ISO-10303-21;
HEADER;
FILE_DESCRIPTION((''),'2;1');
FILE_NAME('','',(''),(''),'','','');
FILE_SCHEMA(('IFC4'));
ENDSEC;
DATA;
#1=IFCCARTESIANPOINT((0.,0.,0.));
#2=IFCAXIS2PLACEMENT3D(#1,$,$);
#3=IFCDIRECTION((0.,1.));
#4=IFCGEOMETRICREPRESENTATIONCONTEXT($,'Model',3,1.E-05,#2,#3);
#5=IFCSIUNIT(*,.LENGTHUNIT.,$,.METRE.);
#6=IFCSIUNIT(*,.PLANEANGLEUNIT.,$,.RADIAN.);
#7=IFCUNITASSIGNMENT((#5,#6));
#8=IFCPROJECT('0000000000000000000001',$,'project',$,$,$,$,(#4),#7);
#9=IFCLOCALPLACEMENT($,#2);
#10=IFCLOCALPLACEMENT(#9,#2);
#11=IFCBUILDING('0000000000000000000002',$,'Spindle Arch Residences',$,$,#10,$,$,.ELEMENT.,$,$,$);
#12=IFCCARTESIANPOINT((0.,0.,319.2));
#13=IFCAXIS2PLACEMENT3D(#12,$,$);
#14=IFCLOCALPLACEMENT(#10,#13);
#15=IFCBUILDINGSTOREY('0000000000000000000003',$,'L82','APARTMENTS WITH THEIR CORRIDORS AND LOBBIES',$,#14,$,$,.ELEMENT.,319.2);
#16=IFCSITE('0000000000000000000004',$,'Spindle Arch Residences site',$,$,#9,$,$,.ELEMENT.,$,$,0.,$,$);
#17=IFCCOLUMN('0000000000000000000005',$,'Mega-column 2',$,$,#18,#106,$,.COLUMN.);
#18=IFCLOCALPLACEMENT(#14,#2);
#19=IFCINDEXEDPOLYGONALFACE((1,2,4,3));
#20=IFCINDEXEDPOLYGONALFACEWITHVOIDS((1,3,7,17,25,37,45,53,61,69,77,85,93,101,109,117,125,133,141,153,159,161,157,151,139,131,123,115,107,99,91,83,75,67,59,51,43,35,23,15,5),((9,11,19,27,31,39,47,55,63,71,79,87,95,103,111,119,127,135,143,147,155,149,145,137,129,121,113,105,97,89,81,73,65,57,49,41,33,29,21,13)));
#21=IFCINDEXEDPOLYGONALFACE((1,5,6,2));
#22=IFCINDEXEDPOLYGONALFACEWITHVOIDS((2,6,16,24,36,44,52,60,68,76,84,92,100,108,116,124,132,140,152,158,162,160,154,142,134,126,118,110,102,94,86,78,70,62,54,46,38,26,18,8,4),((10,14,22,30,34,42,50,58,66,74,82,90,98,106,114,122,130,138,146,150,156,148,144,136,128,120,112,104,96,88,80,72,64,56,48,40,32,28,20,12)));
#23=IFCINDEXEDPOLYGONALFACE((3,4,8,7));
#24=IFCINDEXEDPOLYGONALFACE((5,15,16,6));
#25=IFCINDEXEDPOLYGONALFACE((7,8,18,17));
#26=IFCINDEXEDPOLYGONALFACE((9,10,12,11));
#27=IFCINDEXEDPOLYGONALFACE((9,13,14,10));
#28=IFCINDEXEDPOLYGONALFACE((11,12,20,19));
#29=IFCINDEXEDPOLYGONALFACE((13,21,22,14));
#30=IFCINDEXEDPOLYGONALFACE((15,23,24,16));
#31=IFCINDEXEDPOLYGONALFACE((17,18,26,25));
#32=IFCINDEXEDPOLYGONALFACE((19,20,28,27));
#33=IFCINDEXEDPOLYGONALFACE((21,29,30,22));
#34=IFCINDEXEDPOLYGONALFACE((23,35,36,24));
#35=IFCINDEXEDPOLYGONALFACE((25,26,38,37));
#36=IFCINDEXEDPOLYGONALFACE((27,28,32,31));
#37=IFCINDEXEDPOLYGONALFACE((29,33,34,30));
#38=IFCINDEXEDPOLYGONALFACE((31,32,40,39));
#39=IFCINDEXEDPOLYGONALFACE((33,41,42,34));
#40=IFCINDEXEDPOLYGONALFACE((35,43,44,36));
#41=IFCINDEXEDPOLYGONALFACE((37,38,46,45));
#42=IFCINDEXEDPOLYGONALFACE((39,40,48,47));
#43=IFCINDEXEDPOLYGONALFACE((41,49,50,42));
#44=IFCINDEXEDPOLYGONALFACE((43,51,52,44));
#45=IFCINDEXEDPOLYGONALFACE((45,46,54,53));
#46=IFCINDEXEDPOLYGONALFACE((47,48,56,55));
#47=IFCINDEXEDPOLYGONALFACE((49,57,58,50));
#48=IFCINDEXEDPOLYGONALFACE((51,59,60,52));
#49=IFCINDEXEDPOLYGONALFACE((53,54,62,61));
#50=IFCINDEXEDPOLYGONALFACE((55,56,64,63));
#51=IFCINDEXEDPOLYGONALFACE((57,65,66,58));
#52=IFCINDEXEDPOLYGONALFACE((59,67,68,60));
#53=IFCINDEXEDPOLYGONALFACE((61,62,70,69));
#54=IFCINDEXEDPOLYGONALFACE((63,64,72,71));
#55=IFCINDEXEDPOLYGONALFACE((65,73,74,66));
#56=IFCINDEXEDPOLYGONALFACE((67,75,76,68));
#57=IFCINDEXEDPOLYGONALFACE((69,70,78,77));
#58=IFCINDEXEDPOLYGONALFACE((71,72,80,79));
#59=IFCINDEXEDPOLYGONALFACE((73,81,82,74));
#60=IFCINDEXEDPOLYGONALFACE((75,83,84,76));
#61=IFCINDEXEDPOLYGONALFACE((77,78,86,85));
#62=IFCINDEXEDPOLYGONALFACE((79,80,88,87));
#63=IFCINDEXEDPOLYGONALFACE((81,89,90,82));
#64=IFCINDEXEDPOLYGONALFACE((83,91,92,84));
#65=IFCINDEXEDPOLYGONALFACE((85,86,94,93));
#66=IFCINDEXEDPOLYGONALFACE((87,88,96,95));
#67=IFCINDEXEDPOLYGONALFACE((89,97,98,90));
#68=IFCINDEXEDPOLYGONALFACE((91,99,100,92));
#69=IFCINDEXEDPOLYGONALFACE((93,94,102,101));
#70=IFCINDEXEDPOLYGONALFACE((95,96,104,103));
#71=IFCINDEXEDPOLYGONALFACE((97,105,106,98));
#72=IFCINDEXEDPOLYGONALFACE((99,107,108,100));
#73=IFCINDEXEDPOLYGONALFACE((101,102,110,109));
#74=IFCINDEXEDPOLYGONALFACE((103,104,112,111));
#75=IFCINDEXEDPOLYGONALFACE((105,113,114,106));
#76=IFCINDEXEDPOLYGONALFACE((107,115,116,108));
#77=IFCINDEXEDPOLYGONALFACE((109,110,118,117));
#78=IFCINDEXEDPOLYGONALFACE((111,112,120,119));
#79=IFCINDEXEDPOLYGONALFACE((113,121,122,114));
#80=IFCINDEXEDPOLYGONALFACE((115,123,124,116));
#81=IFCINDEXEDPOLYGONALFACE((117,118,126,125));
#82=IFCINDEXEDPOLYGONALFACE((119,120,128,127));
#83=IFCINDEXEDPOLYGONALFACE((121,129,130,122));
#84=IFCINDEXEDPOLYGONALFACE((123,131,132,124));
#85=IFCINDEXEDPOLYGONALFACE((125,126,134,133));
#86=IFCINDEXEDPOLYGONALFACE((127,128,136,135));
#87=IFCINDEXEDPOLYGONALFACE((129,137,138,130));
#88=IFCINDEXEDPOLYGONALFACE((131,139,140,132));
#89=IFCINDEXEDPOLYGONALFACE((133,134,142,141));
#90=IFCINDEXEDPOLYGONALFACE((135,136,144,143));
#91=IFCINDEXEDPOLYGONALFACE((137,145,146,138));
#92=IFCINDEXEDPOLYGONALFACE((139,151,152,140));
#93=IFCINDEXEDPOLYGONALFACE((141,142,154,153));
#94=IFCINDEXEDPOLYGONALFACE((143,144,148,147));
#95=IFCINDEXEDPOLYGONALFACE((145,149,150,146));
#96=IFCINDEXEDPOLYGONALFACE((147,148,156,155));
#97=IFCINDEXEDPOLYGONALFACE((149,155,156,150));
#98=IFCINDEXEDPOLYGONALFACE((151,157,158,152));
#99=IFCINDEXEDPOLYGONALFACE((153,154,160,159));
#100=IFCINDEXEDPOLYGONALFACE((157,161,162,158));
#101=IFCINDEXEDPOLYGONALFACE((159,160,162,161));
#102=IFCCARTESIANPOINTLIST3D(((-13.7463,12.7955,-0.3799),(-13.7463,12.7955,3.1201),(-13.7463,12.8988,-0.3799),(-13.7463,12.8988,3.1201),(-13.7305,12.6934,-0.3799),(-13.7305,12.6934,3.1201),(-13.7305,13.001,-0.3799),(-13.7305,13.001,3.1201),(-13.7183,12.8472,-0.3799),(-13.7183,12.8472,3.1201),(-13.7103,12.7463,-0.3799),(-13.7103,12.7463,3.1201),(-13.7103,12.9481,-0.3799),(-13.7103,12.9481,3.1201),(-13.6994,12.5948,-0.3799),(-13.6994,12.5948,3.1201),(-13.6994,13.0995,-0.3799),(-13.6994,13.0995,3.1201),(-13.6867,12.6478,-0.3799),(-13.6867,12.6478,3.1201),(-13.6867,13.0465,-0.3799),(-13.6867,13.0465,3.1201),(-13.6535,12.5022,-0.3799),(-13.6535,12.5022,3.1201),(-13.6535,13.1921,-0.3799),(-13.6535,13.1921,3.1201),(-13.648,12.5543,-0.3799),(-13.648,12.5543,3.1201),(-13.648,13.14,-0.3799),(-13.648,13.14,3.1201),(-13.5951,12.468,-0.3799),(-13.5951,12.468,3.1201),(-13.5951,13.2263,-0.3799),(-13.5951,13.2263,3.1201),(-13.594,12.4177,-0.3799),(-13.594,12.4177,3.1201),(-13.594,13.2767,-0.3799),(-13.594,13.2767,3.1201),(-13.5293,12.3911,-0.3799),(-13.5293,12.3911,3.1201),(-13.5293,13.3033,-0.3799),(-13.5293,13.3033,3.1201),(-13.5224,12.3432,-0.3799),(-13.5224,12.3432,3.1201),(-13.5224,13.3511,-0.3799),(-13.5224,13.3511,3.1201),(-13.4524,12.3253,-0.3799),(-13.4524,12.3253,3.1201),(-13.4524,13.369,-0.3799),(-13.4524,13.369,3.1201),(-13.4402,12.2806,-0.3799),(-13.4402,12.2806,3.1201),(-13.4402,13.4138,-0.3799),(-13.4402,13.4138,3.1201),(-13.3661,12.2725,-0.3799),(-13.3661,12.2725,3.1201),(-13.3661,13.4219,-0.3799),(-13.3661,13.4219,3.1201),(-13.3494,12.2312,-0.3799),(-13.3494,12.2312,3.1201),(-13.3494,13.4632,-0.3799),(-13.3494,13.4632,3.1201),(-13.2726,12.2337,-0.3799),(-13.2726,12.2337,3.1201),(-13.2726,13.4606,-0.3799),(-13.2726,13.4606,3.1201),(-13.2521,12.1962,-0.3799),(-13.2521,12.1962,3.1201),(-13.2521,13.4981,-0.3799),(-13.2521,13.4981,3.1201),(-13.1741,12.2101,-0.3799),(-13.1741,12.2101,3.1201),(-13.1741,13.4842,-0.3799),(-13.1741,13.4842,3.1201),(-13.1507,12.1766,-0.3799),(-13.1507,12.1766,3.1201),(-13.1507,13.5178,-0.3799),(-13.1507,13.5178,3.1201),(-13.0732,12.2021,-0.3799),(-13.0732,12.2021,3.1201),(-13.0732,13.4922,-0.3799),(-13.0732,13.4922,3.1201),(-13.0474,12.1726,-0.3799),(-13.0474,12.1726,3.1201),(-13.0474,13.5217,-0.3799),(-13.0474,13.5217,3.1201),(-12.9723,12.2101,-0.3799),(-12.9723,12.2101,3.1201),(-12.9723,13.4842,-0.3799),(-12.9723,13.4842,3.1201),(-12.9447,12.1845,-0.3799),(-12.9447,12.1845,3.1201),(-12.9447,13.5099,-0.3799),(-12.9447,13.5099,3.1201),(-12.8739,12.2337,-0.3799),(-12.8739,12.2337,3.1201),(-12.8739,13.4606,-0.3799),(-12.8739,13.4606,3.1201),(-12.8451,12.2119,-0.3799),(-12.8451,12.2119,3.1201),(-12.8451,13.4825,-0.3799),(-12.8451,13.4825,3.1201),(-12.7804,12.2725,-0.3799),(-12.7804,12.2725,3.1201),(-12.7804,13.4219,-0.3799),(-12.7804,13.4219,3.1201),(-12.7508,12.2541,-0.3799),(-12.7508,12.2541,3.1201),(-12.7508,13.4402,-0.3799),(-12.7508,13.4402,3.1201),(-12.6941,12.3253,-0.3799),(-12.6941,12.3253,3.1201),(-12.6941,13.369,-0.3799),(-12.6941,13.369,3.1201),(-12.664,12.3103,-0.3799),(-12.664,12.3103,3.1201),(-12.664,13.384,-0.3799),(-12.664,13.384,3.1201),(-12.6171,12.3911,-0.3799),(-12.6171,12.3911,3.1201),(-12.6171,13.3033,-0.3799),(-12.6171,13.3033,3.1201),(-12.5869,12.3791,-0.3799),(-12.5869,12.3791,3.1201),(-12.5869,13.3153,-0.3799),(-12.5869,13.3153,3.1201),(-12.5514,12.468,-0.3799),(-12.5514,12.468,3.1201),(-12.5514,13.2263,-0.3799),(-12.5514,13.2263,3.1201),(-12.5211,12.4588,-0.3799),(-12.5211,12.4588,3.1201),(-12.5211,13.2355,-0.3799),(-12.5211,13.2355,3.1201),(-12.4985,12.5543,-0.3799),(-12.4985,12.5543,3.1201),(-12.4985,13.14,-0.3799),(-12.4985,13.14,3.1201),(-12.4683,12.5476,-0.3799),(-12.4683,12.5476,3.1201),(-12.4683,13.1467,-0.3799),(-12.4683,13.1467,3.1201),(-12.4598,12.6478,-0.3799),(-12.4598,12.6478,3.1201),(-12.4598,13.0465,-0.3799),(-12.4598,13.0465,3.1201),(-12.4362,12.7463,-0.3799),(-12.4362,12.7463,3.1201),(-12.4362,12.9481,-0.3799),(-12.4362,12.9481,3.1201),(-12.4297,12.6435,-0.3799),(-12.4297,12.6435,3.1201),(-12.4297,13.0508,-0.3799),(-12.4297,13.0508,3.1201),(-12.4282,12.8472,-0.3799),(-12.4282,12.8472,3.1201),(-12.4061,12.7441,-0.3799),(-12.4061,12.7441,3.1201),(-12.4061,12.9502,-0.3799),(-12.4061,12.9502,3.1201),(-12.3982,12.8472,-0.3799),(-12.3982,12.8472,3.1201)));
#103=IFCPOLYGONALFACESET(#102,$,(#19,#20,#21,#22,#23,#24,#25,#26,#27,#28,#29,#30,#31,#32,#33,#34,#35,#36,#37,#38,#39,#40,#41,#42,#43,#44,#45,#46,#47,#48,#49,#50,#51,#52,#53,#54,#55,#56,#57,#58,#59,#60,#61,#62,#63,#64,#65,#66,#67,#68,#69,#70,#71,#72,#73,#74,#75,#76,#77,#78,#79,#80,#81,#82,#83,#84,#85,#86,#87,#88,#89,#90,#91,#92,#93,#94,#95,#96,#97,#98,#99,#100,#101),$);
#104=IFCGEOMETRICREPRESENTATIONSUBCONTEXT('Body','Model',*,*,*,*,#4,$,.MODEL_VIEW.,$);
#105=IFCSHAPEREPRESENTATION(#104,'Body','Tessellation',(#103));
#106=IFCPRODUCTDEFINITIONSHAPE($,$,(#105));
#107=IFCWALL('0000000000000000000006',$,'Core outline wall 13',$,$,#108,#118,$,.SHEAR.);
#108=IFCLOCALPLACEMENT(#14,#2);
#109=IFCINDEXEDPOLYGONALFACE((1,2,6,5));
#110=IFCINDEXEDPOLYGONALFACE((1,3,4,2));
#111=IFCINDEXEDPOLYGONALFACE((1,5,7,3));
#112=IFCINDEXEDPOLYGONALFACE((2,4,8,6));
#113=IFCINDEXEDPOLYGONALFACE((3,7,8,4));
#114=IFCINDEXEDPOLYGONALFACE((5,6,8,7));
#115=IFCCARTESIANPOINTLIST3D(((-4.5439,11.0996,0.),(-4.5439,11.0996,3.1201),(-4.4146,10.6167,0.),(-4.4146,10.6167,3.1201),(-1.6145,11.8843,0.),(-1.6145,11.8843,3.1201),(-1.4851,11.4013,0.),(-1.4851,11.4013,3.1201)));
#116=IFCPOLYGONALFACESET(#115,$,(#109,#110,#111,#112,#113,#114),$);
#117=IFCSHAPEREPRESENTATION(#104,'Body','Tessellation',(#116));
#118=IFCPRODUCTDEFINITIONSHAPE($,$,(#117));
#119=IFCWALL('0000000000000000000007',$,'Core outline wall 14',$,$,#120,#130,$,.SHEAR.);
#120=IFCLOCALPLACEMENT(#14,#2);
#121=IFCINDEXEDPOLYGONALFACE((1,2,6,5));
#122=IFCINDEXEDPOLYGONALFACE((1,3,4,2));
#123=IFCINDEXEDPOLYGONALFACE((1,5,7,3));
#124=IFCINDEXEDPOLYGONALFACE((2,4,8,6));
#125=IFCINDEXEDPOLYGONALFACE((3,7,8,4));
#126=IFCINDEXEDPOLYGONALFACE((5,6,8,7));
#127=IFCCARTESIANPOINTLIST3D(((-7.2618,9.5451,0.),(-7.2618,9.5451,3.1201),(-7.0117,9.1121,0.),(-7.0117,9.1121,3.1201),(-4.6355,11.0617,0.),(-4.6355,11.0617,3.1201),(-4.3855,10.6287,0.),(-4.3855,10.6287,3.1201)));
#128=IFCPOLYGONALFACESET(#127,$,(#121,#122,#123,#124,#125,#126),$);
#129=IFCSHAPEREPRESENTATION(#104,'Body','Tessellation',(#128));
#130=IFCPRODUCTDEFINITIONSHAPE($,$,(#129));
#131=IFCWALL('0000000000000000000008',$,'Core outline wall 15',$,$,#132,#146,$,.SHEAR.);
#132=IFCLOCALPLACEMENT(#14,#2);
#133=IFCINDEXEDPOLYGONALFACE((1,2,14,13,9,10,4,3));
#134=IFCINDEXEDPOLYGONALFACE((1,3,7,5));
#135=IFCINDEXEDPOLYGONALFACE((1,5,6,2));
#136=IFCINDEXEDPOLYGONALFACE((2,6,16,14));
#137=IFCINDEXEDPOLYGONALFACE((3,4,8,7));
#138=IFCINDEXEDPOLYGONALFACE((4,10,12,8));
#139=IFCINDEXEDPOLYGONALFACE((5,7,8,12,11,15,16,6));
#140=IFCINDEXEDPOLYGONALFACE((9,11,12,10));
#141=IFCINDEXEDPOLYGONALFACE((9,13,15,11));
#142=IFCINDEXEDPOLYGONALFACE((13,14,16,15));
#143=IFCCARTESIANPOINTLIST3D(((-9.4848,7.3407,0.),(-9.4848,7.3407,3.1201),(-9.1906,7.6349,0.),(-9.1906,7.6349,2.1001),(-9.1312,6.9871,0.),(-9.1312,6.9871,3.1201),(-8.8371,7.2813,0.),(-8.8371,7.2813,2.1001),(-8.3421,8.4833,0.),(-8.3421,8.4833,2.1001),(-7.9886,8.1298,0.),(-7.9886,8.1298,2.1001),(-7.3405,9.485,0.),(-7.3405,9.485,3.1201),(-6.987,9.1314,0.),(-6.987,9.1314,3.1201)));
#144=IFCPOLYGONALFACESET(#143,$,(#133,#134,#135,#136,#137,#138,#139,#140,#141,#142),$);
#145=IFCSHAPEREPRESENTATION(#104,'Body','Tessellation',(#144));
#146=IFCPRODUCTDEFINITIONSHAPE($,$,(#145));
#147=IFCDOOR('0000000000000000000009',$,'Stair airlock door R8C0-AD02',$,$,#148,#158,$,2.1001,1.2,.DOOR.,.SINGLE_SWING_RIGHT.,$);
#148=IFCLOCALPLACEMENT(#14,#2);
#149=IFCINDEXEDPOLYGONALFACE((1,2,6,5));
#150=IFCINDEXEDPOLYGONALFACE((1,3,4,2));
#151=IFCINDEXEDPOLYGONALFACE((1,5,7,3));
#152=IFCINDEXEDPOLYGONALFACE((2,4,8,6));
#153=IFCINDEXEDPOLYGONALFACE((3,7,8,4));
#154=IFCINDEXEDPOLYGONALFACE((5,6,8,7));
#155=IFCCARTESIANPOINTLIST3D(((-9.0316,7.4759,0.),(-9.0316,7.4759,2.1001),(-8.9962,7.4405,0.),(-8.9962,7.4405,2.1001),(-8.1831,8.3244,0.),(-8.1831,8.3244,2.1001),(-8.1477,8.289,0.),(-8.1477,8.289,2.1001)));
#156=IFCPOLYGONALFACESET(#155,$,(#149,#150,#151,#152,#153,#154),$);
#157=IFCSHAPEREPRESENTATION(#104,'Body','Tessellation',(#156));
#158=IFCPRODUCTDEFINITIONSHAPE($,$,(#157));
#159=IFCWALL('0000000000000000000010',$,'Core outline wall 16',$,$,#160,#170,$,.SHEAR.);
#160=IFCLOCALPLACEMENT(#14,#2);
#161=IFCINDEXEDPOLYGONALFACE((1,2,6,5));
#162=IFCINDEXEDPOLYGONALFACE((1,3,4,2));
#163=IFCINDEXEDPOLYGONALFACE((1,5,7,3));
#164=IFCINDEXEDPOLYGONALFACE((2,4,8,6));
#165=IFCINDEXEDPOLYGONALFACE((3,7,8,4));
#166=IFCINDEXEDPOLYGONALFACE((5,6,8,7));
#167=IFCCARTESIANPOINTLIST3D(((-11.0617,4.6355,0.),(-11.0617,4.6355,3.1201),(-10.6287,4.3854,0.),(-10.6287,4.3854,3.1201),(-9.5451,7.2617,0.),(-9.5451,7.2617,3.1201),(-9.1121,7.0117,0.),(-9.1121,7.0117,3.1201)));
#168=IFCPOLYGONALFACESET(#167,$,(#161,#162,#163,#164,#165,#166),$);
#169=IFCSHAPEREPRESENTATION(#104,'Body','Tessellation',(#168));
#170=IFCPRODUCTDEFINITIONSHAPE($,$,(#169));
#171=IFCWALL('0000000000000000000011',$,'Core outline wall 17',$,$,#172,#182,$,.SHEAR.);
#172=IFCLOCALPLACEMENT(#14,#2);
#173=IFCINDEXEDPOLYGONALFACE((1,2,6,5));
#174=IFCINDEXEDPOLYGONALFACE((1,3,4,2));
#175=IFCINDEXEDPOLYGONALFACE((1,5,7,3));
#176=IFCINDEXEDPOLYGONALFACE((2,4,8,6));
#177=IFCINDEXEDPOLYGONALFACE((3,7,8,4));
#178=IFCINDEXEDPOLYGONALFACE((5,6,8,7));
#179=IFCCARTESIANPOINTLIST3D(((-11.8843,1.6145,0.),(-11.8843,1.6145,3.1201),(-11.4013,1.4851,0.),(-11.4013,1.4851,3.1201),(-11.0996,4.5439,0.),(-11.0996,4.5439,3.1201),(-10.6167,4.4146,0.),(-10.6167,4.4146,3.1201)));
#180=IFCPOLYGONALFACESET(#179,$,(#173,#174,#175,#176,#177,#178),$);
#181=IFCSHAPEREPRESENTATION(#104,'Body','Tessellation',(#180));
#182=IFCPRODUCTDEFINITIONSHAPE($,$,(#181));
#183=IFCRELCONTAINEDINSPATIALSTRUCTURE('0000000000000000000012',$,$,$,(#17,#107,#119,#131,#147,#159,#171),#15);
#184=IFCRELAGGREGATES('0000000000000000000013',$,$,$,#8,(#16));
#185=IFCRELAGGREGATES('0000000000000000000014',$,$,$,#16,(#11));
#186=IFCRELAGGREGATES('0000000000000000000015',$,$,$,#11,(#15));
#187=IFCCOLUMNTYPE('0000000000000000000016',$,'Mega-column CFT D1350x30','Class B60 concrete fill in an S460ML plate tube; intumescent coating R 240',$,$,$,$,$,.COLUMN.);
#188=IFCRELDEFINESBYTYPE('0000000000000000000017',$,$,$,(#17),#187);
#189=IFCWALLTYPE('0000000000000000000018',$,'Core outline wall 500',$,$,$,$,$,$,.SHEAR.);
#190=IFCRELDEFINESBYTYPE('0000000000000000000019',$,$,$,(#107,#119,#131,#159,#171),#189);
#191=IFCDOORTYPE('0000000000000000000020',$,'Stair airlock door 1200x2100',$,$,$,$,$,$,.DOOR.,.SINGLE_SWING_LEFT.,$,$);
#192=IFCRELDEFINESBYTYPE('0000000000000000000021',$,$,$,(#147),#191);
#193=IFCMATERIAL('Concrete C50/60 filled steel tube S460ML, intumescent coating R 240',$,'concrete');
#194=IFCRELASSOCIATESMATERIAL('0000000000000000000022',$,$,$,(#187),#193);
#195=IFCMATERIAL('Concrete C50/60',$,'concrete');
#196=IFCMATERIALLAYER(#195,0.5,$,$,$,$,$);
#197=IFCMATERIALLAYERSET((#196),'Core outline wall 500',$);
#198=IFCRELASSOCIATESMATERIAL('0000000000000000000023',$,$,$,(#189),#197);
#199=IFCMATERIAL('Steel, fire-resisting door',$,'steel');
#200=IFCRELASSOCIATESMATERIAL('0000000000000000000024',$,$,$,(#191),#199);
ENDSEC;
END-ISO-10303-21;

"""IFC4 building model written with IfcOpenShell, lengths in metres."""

from ifc_helpers import new_model, si_unit, direction, frame, frame_2d, origin, origin_2d, place, context, subcontext, project, spatial, rectangle, hollow_circle, extrude, material, layer, layer_set, material_profile, profile_set, type_object, element, fill, save


model = new_model("IFC4")

# Units and contexts
model_context = context("Model", 3, precision=1e-05, world=origin(), true_north=direction((0.0, 1.0)))
body_context = subcontext(model_context, "Body", "Model", "MODEL_VIEW")
ifc_project = project(units=[si_unit("LENGTHUNIT", "METRE"), si_unit("PLANEANGLEUNIT", "RADIAN")], contexts=[model_context])

# Site, building, storey
site_placement = place(None, origin())
site = spatial("IfcSite", under=ifc_project, at=site_placement, Name="Spindle Arch Residences site", CompositionType="ELEMENT", RefElevation=0.0)
building_placement = place(site_placement, origin())
building = spatial("IfcBuilding", under=site, at=building_placement, Name="Spindle Arch Residences", CompositionType="ELEMENT")
storey_placement = place(building_placement, frame((0.0, 0.0, 319.2)))
storey = spatial("IfcBuildingStorey", under=building, at=storey_placement, Name="L82", Description="APARTMENTS WITH THEIR CORRIDORS AND LOBBIES", CompositionType="ELEMENT", Elevation=319.2)

# Column
ifc_material_1 = material(Name="Concrete C50/60 filled steel tube S460ML, intumescent coating R 240", Category="concrete")
ifc_material_profile = material_profile(ifc_material_1, hollow_circle(Radius=0.675, WallThickness=0.03, at=origin_2d()), Name="CFT D1350x30")
ifc_profile_set = profile_set([ifc_material_profile], Name="Concrete C50/60 filled steel tube S460ML, intumescent coating R 240")
column_type = type_object("IfcColumnType", Name="Mega-column CFT D1350x30", Description="Class B60 concrete fill in an S460ML plate tube; intumescent coating R 240", PredefinedType="COLUMN", material=ifc_profile_set)
column_placement = place(storey_placement, frame((-13.0732, 12.8472, -0.3799), z_axis=(0.0, 0.0, 1.0), x_axis=(1.0, 0.0, 0.0)))
element("IfcColumn", 1, at=column_placement, inside=storey, type_object=column_type, Name="Mega-column 2", PredefinedType="COLUMN", context=body_context, shape_type="SweptSolid", body=[
    extrude(hollow_circle(Radius=0.675, WallThickness=0.03, at=origin_2d()), origin(), (0.0, 0.0, 1.0), 3.5),
])

# Walls
ifc_material_2 = material(Name="Concrete C50/60", Category="concrete")
ifc_layer_1 = layer(ifc_material_2, 0.5)
ifc_layer_set_1 = layer_set([ifc_layer_1], Name="Core outline wall 500")
wall_type_1 = type_object("IfcWallType", Name="Core outline wall 500", PredefinedType="SHEAR", material=ifc_layer_set_1)
for number, where, z_axis, x_axis, name in (
    (2, (-1.5498, 11.6428, 0.0), (0.0, 0.0, 1.0), (-0.965948, -0.258735, 0.0), "Core outline wall 13"),
    (3, (-4.5105, 10.8452, 0.0), (0.0, 0.0, 1.0), (-0.865975, -0.500087, 0.0), "Core outline wall 14"),
):
    element("IfcWall", number, at=place(storey_placement, frame(where, z_axis=z_axis, x_axis=x_axis)), inside=storey, type_object=wall_type_1, Name=name, PredefinedType="SHEAR", context=body_context, shape_type="SweptSolid", body=[
        extrude(rectangle(XDim=3.0327, YDim=0.5, at=frame_2d((1.5164, 0.0))), origin(), (0.0, 0.0, 1.0), 3.1201),
    ])

# Wall, opening, door
wall_1_placement = place(storey_placement, frame((-7.1638, 9.3081, 0.0), z_axis=(0.0, 0.0, 1.0), x_axis=(-0.707107, -0.707107, 0.0)))
wall_1 = element("IfcWall", 4, at=wall_1_placement, inside=storey, type_object=wall_type_1, Name="Core outline wall 15", PredefinedType="SHEAR", context=body_context, shape_type="SweptSolid", body=[
    extrude(rectangle(XDim=3.0325, YDim=0.5, at=frame_2d((1.5161, 0.0))), origin(), (0.0, 0.0, 1.0), 3.1201),
])
opening_1_placement = place(wall_1_placement, frame((1.4163, 0.0, 0.0)))
opening_1 = element("IfcOpeningElement", 5, at=opening_1_placement, cuts=wall_1, PredefinedType="OPENING", context=body_context, shape_type="SweptSolid", body=[
    extrude(rectangle(XDim=1.2, YDim=2.1001, at=frame_2d((0.6001, 1.05))), frame((0.0, 0.26, 0.0), z_axis=(0.0, -1.0, 0.0), x_axis=(1.0, 0.0, 0.0)), (0.0, 0.0, 1.0), 0.52),
])
ifc_material_3 = material(Name="Steel, fire-resisting door", Category="steel")
door_type_1 = type_object("IfcDoorType", Name="Stair airlock door 1200x2100", OperationType="SINGLE_SWING_LEFT", PredefinedType="DOOR", material=ifc_material_3)
door_1_placement = place(opening_1_placement, origin())
door_1 = element("IfcDoor", 6, at=door_1_placement, inside=storey, type_object=door_type_1, Name="Stair airlock door R8C0-AD02", OperationType="SINGLE_SWING_RIGHT", OverallHeight=2.1001, OverallWidth=1.2, PredefinedType="DOOR", context=body_context, shape_type="SweptSolid", body=[
    extrude(rectangle(XDim=1.2, YDim=2.1001, at=frame_2d((0.6001, 1.05))), frame((0.0, 0.0249, 0.0), z_axis=(0.0, -1.0, 0.0), x_axis=(1.0, 0.0, 0.0)), (0.0, 0.0, 1.0), 0.05),
])
fill(opening_1, door_1)

# Walls
for number, where, z_axis, x_axis, name in (
    (7, (-9.3286, 7.1367, 0.0), (0.0, 0.0, 1.0), (-0.500087, -0.865975, 0.0), "Core outline wall 16"),
    (8, (-10.8582, 4.4792, 0.0), (0.0, 0.0, 1.0), (-0.258735, -0.965948, 0.0), "Core outline wall 17"),
):
    element("IfcWall", number, at=place(storey_placement, frame(where, z_axis=z_axis, x_axis=x_axis)), inside=storey, type_object=wall_type_1, Name=name, PredefinedType="SHEAR", context=body_context, shape_type="SweptSolid", body=[
        extrude(rectangle(XDim=3.0327, YDim=0.5, at=frame_2d((1.5164, 0.0))), origin(), (0.0, 0.0, 1.0), 3.1201),
    ])

save(model, "model.ifc")
